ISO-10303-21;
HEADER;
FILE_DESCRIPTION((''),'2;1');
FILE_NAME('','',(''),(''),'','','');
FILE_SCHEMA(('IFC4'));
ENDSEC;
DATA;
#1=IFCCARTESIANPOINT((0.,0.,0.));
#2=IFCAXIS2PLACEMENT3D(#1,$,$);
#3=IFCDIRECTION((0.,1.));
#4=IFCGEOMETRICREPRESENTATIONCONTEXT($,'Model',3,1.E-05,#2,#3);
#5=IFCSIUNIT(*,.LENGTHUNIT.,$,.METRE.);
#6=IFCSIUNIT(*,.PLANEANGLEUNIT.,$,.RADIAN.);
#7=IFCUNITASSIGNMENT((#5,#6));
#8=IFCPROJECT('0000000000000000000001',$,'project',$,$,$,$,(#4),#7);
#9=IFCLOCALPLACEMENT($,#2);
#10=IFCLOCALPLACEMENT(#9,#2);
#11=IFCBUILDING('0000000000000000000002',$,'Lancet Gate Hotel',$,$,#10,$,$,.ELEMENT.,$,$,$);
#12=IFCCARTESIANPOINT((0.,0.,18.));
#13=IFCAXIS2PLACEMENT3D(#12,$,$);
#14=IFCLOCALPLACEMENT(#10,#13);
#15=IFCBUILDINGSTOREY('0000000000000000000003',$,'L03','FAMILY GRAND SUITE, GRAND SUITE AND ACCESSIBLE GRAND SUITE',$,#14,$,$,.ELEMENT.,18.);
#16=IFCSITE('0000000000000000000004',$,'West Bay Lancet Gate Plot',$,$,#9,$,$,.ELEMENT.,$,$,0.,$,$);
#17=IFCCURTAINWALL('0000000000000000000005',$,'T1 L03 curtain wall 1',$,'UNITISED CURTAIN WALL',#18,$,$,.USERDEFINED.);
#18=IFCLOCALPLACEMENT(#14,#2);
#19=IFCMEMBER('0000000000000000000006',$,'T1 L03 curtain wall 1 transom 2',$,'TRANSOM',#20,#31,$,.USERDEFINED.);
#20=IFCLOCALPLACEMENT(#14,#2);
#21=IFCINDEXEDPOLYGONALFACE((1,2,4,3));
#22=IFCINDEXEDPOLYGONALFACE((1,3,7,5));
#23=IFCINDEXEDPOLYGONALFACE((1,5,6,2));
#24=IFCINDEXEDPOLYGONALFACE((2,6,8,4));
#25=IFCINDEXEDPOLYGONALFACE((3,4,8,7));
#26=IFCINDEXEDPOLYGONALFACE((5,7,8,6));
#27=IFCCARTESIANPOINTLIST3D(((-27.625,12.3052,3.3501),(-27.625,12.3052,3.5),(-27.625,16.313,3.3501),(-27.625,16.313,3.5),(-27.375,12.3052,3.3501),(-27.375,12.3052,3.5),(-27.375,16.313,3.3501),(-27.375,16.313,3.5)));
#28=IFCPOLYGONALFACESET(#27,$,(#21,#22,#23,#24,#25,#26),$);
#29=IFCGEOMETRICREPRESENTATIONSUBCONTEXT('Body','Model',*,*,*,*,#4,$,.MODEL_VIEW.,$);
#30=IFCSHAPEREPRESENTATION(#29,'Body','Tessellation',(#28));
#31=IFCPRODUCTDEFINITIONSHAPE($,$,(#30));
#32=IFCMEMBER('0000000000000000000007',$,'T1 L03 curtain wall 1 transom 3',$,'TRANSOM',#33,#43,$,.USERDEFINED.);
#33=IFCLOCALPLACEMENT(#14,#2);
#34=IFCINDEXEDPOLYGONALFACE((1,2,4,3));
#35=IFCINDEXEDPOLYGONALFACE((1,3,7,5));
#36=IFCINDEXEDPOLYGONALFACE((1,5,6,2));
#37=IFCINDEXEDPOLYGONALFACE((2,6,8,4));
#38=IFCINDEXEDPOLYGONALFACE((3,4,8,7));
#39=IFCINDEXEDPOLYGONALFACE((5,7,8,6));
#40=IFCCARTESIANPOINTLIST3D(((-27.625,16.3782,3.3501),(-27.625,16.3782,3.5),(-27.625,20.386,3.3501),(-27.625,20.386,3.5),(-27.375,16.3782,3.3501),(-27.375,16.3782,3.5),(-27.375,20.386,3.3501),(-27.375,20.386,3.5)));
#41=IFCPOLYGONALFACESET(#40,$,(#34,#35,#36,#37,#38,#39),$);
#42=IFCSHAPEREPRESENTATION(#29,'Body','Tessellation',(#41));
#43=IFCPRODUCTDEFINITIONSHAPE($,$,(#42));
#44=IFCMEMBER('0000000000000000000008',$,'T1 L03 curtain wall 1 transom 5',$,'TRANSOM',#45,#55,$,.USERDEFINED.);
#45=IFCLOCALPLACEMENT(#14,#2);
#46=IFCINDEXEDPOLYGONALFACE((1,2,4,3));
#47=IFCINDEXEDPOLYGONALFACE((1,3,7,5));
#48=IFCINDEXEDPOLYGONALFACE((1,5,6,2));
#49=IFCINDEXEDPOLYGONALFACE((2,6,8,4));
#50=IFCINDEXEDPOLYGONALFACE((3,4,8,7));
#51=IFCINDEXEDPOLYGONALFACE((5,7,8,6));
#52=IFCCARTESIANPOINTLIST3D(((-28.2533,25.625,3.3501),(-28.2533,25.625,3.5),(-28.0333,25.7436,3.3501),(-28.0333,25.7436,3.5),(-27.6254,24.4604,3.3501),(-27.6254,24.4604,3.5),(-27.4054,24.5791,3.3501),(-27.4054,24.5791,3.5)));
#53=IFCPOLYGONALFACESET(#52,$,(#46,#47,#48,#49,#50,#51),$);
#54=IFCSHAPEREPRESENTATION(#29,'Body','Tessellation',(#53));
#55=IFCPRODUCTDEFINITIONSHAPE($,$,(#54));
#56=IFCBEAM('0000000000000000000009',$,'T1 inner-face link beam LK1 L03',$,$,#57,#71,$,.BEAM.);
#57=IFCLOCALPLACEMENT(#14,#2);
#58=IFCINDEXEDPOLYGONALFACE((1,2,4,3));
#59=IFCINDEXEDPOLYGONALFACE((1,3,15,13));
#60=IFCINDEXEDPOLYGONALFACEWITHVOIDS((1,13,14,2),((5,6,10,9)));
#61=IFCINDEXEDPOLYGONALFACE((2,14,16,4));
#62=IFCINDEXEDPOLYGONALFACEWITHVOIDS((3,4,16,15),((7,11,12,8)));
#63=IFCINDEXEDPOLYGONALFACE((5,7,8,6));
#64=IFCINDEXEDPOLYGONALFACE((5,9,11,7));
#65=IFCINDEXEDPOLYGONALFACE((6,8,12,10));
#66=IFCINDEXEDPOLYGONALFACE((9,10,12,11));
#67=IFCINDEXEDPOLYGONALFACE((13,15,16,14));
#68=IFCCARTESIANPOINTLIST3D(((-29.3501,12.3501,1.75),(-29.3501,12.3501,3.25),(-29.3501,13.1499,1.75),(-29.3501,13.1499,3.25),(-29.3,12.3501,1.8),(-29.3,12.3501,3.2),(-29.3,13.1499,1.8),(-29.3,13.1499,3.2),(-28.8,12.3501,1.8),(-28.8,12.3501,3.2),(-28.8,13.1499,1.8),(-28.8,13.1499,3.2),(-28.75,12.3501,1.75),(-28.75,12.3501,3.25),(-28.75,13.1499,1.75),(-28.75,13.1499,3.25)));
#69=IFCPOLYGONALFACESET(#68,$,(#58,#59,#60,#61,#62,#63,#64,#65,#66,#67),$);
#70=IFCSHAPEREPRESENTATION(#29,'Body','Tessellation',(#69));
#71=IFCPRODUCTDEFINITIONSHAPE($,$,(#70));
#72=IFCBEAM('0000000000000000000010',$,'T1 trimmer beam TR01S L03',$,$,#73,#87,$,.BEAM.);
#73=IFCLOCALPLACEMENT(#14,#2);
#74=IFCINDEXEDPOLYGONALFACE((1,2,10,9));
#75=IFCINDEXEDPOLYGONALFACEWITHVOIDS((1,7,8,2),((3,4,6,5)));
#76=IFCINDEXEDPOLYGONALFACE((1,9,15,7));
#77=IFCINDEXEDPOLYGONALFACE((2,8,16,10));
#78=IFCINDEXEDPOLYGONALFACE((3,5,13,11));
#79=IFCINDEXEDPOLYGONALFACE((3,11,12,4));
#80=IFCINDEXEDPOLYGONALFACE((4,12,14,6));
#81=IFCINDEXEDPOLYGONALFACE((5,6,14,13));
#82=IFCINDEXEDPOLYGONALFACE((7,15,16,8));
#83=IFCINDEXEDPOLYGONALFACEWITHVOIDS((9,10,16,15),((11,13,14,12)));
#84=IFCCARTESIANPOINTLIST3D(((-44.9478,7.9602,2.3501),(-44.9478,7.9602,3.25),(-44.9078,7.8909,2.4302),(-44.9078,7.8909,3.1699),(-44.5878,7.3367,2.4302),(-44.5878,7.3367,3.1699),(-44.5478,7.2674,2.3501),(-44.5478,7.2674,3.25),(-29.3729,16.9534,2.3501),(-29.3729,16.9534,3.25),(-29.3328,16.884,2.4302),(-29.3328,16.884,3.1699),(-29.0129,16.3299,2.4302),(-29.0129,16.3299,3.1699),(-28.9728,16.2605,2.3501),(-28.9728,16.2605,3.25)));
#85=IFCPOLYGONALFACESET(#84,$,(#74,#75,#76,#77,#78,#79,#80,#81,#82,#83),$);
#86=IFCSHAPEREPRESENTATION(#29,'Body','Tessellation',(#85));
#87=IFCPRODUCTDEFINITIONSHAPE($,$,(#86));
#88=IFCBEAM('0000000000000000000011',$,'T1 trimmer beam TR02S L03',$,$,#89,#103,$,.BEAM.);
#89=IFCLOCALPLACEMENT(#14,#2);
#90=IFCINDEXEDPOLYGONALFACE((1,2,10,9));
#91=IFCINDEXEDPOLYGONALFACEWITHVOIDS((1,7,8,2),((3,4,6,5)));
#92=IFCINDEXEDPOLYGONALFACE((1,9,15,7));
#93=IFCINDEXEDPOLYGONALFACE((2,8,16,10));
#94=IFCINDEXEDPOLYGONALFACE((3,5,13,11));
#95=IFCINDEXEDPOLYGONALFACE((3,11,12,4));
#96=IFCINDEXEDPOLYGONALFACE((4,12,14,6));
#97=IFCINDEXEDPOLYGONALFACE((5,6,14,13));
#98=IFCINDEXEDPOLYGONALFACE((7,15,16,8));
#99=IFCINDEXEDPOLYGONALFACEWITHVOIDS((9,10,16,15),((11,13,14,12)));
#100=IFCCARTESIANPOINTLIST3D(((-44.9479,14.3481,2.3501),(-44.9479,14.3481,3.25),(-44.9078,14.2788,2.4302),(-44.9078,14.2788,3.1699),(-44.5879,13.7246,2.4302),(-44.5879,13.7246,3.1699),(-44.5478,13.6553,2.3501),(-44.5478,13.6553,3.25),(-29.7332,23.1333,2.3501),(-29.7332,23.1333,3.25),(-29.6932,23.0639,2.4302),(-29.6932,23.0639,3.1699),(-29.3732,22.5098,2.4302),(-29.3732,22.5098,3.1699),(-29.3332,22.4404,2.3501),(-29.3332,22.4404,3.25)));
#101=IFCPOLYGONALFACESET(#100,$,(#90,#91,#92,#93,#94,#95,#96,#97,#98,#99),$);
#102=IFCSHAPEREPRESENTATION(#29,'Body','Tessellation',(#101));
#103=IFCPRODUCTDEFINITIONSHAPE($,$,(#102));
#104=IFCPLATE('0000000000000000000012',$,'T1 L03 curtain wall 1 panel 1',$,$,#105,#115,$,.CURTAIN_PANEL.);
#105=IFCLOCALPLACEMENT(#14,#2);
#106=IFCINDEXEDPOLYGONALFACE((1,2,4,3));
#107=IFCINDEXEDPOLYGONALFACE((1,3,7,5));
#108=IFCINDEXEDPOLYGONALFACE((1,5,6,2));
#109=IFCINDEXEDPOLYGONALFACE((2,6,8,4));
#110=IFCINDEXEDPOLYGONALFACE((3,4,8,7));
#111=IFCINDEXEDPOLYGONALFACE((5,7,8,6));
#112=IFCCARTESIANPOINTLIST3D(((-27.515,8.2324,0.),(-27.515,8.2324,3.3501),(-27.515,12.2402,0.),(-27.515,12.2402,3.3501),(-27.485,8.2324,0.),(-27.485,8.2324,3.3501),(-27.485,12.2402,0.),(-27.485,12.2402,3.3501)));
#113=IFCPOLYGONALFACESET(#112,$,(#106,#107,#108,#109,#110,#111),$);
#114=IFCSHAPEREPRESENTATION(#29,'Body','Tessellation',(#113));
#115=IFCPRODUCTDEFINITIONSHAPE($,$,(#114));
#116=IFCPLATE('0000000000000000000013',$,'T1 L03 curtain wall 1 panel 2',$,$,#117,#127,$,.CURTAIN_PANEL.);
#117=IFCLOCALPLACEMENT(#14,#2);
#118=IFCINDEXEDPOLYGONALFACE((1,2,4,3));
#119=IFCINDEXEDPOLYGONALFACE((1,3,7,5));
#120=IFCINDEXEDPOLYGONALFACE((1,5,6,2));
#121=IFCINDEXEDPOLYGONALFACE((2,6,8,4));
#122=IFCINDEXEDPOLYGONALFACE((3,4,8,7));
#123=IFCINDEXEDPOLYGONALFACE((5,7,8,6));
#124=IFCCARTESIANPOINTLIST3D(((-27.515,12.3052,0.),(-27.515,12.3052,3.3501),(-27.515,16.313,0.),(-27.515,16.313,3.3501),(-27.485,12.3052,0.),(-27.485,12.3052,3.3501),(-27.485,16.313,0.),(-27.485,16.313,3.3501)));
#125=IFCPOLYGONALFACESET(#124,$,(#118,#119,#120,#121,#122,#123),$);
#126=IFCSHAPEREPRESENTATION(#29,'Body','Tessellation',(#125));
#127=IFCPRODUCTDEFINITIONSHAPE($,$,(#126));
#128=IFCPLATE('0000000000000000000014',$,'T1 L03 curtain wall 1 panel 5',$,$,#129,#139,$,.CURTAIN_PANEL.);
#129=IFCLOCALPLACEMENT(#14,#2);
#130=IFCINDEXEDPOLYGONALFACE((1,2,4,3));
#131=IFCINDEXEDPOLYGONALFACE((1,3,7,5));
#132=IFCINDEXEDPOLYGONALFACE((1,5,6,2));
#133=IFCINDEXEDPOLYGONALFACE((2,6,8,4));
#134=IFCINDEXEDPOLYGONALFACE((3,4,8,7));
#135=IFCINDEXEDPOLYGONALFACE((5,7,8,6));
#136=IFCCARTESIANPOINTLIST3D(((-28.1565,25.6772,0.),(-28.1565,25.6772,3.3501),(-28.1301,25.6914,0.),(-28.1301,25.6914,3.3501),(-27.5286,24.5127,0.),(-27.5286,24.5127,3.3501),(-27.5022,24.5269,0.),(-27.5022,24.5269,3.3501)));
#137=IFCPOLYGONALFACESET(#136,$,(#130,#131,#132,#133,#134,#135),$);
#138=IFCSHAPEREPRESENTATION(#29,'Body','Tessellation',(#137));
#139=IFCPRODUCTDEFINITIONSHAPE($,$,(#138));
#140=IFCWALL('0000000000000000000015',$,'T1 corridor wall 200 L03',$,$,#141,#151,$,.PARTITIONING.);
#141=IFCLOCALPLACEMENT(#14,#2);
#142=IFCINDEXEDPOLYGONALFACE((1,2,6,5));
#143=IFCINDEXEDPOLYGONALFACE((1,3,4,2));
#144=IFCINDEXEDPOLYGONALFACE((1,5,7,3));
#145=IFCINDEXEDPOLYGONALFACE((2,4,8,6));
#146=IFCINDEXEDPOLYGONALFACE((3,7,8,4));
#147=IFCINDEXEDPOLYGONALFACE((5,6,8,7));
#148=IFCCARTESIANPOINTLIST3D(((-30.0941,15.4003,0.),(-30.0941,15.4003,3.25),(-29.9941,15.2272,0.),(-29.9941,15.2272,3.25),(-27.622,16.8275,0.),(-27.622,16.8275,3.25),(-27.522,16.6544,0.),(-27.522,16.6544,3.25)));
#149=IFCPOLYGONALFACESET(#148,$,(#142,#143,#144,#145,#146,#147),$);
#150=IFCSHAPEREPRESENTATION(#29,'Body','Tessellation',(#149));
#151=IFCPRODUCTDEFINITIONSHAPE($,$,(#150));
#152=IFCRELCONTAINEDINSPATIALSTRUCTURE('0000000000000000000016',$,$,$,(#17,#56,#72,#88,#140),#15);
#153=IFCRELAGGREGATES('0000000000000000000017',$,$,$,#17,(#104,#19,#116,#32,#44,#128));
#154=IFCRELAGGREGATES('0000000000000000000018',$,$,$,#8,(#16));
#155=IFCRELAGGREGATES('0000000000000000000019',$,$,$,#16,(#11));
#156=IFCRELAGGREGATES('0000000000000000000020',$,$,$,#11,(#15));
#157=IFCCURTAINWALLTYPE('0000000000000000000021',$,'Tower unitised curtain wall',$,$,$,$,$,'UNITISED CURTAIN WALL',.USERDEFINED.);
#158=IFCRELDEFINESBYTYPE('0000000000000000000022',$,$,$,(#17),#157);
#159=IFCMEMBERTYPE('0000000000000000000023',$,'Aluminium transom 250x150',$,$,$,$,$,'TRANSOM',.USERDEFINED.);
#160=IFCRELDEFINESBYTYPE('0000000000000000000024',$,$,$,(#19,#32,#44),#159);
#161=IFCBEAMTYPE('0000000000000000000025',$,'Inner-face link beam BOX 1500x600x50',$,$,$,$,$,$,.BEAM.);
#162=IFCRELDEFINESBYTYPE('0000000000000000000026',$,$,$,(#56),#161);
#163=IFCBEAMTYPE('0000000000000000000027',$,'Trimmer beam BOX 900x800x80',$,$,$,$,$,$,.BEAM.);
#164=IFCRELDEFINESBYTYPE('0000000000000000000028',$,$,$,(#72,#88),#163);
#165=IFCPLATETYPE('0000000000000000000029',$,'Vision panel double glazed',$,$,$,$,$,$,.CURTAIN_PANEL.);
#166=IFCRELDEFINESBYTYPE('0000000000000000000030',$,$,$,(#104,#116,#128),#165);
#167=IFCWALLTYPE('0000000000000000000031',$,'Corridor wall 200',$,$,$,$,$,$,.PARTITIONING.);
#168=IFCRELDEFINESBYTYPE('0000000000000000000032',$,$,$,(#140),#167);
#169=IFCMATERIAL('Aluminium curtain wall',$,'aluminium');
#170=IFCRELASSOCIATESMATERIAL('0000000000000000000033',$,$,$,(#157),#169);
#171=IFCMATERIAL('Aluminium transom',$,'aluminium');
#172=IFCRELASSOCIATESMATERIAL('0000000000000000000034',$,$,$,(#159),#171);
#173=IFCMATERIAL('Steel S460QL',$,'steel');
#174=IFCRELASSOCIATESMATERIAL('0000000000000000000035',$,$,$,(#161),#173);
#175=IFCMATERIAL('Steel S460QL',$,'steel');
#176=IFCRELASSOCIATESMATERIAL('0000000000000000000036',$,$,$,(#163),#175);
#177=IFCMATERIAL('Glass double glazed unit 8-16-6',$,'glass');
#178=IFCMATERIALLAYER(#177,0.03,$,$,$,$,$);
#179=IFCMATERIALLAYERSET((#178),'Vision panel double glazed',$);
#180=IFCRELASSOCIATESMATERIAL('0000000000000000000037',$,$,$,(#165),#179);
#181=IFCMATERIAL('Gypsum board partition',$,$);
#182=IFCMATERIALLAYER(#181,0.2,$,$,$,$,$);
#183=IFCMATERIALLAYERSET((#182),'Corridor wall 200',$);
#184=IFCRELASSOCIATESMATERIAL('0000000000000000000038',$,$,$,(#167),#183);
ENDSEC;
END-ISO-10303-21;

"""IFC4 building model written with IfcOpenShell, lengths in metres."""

from ifc_helpers import new_model, si_unit, direction, frame, frame_2d, origin, origin_2d, place, context, subcontext, project, spatial, rectangle, hollow_rectangle, extrude, material, layer, layer_set, material_profile, profile_set, type_object, element, aggregate, save


model = new_model("IFC4")

# Units and contexts
model_context = context("Model", 3, precision=1e-05, world=origin(), true_north=direction((0.0, 1.0)))
body_context = subcontext(model_context, "Body", "Model", "MODEL_VIEW")
ifc_project = project(units=[si_unit("LENGTHUNIT", "METRE"), si_unit("PLANEANGLEUNIT", "RADIAN")], contexts=[model_context])

# Site, building, storey
site_placement = place(None, origin())
site = spatial("IfcSite", under=ifc_project, at=site_placement, Name="West Bay Lancet Gate Plot", CompositionType="ELEMENT", RefElevation=0.0)
building_placement = place(site_placement, origin())
building = spatial("IfcBuilding", under=site, at=building_placement, Name="Lancet Gate Hotel", CompositionType="ELEMENT")
storey_placement = place(building_placement, frame((0.0, 0.0, 18.0)))
storey = spatial("IfcBuildingStorey", under=building, at=storey_placement, Name="L03", Description="FAMILY GRAND SUITE, GRAND SUITE AND ACCESSIBLE GRAND SUITE", CompositionType="ELEMENT", Elevation=18.0)

# Curtain wall, members
ifc_material_1 = material(Name="Aluminium curtain wall", Category="aluminium")
curtain_wall_type = type_object("IfcCurtainWallType", Name="Tower unitised curtain wall", ElementType="UNITISED CURTAIN WALL", PredefinedType="USERDEFINED", material=ifc_material_1)
curtain_wall_placement = place(storey_placement, origin())
curtain_wall = element("IfcCurtainWall", 1, at=curtain_wall_placement, inside=storey, type_object=curtain_wall_type, Name="T1 L03 curtain wall 1", ObjectType="UNITISED CURTAIN WALL", PredefinedType="USERDEFINED")
ifc_material_2 = material(Name="Aluminium transom", Category="aluminium")
ifc_material_profile_1 = material_profile(ifc_material_2, rectangle(XDim=0.25, YDim=0.1499, at=origin_2d()), Name="TRANSOM 250x150")
ifc_profile_set_1 = profile_set([ifc_material_profile_1], Name="Aluminium transom")
member_type_1 = type_object("IfcMemberType", Name="Aluminium transom 250x150", ElementType="TRANSOM", PredefinedType="USERDEFINED", material=ifc_profile_set_1)
member_1_placement = place(storey_placement, frame((-27.5, 12.3052, 3.425), z_axis=(0.0, 1.0, 0.0), x_axis=(-1.0, 0.0, 0.0)))
member_1 = element("IfcMember", 2, at=member_1_placement, type_object=member_type_1, Name="T1 L03 curtain wall 1 transom 2", ObjectType="TRANSOM", PredefinedType="USERDEFINED", context=body_context, shape_type="SweptSolid", body=[
    extrude(rectangle(XDim=0.25, YDim=0.1499, at=origin_2d()), origin(), (0.0, 0.0, 1.0), 4.0078),
])
member_2_placement = place(storey_placement, frame((-27.5, 16.3782, 3.425), z_axis=(0.0, 1.0, 0.0), x_axis=(-1.0, 0.0, 0.0)))
member_2 = element("IfcMember", 3, at=member_2_placement, type_object=member_type_1, Name="T1 L03 curtain wall 1 transom 3", ObjectType="TRANSOM", PredefinedType="USERDEFINED", context=body_context, shape_type="SweptSolid", body=[
    extrude(rectangle(XDim=0.25, YDim=0.1499, at=origin_2d()), origin(), (0.0, 0.0, 1.0), 4.0078),
])
member_3_placement = place(storey_placement, frame((-27.5154, 24.5198, 3.425), z_axis=(-0.474606, 0.880198, 0.0), x_axis=(-0.880198, -0.474606, 0.0)))
member_3 = element("IfcMember", 4, at=member_3_placement, type_object=member_type_1, Name="T1 L03 curtain wall 1 transom 5", ObjectType="TRANSOM", PredefinedType="USERDEFINED", context=body_context, shape_type="SweptSolid", body=[
    extrude(rectangle(XDim=0.25, YDim=0.1499, at=origin_2d()), origin(), (0.0, 0.0, 1.0), 1.323),
])

# Beams
ifc_material_3 = material(Name="Steel S460QL", Category="steel")
ifc_material_profile_2 = material_profile(ifc_material_3, hollow_rectangle(XDim=0.6001, YDim=1.5, WallThickness=0.05, at=origin_2d()), Name="BOX 1500x600x50")
ifc_profile_set_2 = profile_set([ifc_material_profile_2], Name="Steel S460QL")
beam_type_1 = type_object("IfcBeamType", Name="Inner-face link beam BOX 1500x600x50", PredefinedType="BEAM", material=ifc_profile_set_2)
beam_1_placement = place(storey_placement, frame((-29.05, 13.1499, 2.5), z_axis=(0.0, -1.0, 0.0), x_axis=(1.0, 0.0, 0.0)))
element("IfcBeam", 5, at=beam_1_placement, inside=storey, type_object=beam_type_1, Name="T1 inner-face link beam LK1 L03", PredefinedType="BEAM", context=body_context, shape_type="SweptSolid", body=[
    extrude(hollow_rectangle(XDim=0.6001, YDim=1.5, WallThickness=0.05, at=origin_2d()), origin(), (0.0, 0.0, 1.0), 0.7998),
])
ifc_material_4 = material(Name="Steel S460QL", Category="steel")
ifc_material_profile_3 = material_profile(ifc_material_4, hollow_rectangle(XDim=0.8, YDim=0.8999, WallThickness=0.0801, at=origin_2d()), Name="BOX 900x800x80")
ifc_profile_set_3 = profile_set([ifc_material_profile_3], Name="Steel S460QL")
beam_type_2 = type_object("IfcBeamType", Name="Trimmer beam BOX 900x800x80", PredefinedType="BEAM", material=ifc_profile_set_3)
beam_2_placement = place(storey_placement, frame((-29.1729, 16.6069, 2.8), z_axis=(-0.866002, -0.50004, 0.0), x_axis=(0.50004, -0.866002, 0.0)))
element("IfcBeam", 6, at=beam_2_placement, inside=storey, type_object=beam_type_2, Name="T1 trimmer beam TR01S L03", PredefinedType="BEAM", context=body_context, shape_type="SweptSolid", body=[
    extrude(hollow_rectangle(XDim=0.8, YDim=0.8999, WallThickness=0.0801, at=origin_2d()), origin(), (0.0, 0.0, 1.0), 17.9849),
])
beam_3_placement = place(storey_placement, frame((-29.5332, 22.7869, 2.8), z_axis=(-0.866001, -0.500043, 0.0), x_axis=(0.500043, -0.866001, 0.0)))
element("IfcBeam", 7, at=beam_3_placement, inside=storey, type_object=beam_type_2, Name="T1 trimmer beam TR02S L03", PredefinedType="BEAM", context=body_context, shape_type="SweptSolid", body=[
    extrude(hollow_rectangle(XDim=0.8, YDim=0.8999, WallThickness=0.0801, at=origin_2d()), origin(), (0.0, 0.0, 1.0), 17.5688),
])

# Plates
ifc_material_5 = material(Name="Glass double glazed unit 8-16-6", Category="glass")
ifc_layer_1 = layer(ifc_material_5, 0.03)
ifc_layer_set_1 = layer_set([ifc_layer_1], Name="Vision panel double glazed")
plate_type = type_object("IfcPlateType", Name="Vision panel double glazed", PredefinedType="CURTAIN_PANEL", material=ifc_layer_set_1)
plate_1_placement = place(storey_placement, frame((-27.5, 10.2363, 0.0), z_axis=(0.0, 0.0, 1.0), x_axis=(0.0, 1.0, 0.0)))
plate_1 = element("IfcPlate", 8, at=plate_1_placement, type_object=plate_type, Name="T1 L03 curtain wall 1 panel 1", PredefinedType="CURTAIN_PANEL", context=body_context, shape_type="SweptSolid", body=[
    extrude(rectangle(XDim=4.0078, YDim=0.03, at=origin_2d()), origin(), (0.0, 0.0, 1.0), 3.3501),
])
plate_2_placement = place(storey_placement, frame((-27.5, 14.3091, 0.0), z_axis=(0.0, 0.0, 1.0), x_axis=(0.0, 1.0, 0.0)))
plate_2 = element("IfcPlate", 9, at=plate_2_placement, type_object=plate_type, Name="T1 L03 curtain wall 1 panel 2", PredefinedType="CURTAIN_PANEL", context=body_context, shape_type="SweptSolid", body=[
    extrude(rectangle(XDim=4.0078, YDim=0.03, at=origin_2d()), origin(), (0.0, 0.0, 1.0), 3.3501),
])
plate_3_placement = place(storey_placement, frame((-27.8293, 25.1021, 0.0), z_axis=(0.0, 0.0, 1.0), x_axis=(-0.474631, 0.880185, 0.0)))
plate_3 = element("IfcPlate", 10, at=plate_3_placement, type_object=plate_type, Name="T1 L03 curtain wall 1 panel 5", PredefinedType="CURTAIN_PANEL", context=body_context, shape_type="SweptSolid", body=[
    extrude(rectangle(XDim=1.323, YDim=0.03, at=origin_2d()), origin(), (0.0, 0.0, 1.0), 3.3501),
])
aggregate(curtain_wall, [plate_1, member_1, plate_2, member_2, member_3, plate_3])

# Wall
ifc_material_6 = material(Name="Gypsum board partition")
ifc_layer_2 = layer(ifc_material_6, 0.2)
ifc_layer_set_2 = layer_set([ifc_layer_2], Name="Corridor wall 200")
wall_type = type_object("IfcWallType", Name="Corridor wall 200", PredefinedType="PARTITIONING", material=ifc_layer_set_2)
wall_placement = place(storey_placement, frame((-27.572, 16.741, 0.0), z_axis=(0.0, 0.0, 1.0), x_axis=(-0.866035, -0.499984, 0.0)))
element("IfcWall", 11, at=wall_placement, inside=storey, type_object=wall_type, Name="T1 corridor wall 200 L03", PredefinedType="PARTITIONING", context=body_context, shape_type="SweptSolid", body=[
    extrude(rectangle(XDim=2.8545, YDim=0.2, at=frame_2d((1.4272, 0.0))), origin(), (0.0, 0.0, 1.0), 3.25),
])

save(model, "model.ifc")
